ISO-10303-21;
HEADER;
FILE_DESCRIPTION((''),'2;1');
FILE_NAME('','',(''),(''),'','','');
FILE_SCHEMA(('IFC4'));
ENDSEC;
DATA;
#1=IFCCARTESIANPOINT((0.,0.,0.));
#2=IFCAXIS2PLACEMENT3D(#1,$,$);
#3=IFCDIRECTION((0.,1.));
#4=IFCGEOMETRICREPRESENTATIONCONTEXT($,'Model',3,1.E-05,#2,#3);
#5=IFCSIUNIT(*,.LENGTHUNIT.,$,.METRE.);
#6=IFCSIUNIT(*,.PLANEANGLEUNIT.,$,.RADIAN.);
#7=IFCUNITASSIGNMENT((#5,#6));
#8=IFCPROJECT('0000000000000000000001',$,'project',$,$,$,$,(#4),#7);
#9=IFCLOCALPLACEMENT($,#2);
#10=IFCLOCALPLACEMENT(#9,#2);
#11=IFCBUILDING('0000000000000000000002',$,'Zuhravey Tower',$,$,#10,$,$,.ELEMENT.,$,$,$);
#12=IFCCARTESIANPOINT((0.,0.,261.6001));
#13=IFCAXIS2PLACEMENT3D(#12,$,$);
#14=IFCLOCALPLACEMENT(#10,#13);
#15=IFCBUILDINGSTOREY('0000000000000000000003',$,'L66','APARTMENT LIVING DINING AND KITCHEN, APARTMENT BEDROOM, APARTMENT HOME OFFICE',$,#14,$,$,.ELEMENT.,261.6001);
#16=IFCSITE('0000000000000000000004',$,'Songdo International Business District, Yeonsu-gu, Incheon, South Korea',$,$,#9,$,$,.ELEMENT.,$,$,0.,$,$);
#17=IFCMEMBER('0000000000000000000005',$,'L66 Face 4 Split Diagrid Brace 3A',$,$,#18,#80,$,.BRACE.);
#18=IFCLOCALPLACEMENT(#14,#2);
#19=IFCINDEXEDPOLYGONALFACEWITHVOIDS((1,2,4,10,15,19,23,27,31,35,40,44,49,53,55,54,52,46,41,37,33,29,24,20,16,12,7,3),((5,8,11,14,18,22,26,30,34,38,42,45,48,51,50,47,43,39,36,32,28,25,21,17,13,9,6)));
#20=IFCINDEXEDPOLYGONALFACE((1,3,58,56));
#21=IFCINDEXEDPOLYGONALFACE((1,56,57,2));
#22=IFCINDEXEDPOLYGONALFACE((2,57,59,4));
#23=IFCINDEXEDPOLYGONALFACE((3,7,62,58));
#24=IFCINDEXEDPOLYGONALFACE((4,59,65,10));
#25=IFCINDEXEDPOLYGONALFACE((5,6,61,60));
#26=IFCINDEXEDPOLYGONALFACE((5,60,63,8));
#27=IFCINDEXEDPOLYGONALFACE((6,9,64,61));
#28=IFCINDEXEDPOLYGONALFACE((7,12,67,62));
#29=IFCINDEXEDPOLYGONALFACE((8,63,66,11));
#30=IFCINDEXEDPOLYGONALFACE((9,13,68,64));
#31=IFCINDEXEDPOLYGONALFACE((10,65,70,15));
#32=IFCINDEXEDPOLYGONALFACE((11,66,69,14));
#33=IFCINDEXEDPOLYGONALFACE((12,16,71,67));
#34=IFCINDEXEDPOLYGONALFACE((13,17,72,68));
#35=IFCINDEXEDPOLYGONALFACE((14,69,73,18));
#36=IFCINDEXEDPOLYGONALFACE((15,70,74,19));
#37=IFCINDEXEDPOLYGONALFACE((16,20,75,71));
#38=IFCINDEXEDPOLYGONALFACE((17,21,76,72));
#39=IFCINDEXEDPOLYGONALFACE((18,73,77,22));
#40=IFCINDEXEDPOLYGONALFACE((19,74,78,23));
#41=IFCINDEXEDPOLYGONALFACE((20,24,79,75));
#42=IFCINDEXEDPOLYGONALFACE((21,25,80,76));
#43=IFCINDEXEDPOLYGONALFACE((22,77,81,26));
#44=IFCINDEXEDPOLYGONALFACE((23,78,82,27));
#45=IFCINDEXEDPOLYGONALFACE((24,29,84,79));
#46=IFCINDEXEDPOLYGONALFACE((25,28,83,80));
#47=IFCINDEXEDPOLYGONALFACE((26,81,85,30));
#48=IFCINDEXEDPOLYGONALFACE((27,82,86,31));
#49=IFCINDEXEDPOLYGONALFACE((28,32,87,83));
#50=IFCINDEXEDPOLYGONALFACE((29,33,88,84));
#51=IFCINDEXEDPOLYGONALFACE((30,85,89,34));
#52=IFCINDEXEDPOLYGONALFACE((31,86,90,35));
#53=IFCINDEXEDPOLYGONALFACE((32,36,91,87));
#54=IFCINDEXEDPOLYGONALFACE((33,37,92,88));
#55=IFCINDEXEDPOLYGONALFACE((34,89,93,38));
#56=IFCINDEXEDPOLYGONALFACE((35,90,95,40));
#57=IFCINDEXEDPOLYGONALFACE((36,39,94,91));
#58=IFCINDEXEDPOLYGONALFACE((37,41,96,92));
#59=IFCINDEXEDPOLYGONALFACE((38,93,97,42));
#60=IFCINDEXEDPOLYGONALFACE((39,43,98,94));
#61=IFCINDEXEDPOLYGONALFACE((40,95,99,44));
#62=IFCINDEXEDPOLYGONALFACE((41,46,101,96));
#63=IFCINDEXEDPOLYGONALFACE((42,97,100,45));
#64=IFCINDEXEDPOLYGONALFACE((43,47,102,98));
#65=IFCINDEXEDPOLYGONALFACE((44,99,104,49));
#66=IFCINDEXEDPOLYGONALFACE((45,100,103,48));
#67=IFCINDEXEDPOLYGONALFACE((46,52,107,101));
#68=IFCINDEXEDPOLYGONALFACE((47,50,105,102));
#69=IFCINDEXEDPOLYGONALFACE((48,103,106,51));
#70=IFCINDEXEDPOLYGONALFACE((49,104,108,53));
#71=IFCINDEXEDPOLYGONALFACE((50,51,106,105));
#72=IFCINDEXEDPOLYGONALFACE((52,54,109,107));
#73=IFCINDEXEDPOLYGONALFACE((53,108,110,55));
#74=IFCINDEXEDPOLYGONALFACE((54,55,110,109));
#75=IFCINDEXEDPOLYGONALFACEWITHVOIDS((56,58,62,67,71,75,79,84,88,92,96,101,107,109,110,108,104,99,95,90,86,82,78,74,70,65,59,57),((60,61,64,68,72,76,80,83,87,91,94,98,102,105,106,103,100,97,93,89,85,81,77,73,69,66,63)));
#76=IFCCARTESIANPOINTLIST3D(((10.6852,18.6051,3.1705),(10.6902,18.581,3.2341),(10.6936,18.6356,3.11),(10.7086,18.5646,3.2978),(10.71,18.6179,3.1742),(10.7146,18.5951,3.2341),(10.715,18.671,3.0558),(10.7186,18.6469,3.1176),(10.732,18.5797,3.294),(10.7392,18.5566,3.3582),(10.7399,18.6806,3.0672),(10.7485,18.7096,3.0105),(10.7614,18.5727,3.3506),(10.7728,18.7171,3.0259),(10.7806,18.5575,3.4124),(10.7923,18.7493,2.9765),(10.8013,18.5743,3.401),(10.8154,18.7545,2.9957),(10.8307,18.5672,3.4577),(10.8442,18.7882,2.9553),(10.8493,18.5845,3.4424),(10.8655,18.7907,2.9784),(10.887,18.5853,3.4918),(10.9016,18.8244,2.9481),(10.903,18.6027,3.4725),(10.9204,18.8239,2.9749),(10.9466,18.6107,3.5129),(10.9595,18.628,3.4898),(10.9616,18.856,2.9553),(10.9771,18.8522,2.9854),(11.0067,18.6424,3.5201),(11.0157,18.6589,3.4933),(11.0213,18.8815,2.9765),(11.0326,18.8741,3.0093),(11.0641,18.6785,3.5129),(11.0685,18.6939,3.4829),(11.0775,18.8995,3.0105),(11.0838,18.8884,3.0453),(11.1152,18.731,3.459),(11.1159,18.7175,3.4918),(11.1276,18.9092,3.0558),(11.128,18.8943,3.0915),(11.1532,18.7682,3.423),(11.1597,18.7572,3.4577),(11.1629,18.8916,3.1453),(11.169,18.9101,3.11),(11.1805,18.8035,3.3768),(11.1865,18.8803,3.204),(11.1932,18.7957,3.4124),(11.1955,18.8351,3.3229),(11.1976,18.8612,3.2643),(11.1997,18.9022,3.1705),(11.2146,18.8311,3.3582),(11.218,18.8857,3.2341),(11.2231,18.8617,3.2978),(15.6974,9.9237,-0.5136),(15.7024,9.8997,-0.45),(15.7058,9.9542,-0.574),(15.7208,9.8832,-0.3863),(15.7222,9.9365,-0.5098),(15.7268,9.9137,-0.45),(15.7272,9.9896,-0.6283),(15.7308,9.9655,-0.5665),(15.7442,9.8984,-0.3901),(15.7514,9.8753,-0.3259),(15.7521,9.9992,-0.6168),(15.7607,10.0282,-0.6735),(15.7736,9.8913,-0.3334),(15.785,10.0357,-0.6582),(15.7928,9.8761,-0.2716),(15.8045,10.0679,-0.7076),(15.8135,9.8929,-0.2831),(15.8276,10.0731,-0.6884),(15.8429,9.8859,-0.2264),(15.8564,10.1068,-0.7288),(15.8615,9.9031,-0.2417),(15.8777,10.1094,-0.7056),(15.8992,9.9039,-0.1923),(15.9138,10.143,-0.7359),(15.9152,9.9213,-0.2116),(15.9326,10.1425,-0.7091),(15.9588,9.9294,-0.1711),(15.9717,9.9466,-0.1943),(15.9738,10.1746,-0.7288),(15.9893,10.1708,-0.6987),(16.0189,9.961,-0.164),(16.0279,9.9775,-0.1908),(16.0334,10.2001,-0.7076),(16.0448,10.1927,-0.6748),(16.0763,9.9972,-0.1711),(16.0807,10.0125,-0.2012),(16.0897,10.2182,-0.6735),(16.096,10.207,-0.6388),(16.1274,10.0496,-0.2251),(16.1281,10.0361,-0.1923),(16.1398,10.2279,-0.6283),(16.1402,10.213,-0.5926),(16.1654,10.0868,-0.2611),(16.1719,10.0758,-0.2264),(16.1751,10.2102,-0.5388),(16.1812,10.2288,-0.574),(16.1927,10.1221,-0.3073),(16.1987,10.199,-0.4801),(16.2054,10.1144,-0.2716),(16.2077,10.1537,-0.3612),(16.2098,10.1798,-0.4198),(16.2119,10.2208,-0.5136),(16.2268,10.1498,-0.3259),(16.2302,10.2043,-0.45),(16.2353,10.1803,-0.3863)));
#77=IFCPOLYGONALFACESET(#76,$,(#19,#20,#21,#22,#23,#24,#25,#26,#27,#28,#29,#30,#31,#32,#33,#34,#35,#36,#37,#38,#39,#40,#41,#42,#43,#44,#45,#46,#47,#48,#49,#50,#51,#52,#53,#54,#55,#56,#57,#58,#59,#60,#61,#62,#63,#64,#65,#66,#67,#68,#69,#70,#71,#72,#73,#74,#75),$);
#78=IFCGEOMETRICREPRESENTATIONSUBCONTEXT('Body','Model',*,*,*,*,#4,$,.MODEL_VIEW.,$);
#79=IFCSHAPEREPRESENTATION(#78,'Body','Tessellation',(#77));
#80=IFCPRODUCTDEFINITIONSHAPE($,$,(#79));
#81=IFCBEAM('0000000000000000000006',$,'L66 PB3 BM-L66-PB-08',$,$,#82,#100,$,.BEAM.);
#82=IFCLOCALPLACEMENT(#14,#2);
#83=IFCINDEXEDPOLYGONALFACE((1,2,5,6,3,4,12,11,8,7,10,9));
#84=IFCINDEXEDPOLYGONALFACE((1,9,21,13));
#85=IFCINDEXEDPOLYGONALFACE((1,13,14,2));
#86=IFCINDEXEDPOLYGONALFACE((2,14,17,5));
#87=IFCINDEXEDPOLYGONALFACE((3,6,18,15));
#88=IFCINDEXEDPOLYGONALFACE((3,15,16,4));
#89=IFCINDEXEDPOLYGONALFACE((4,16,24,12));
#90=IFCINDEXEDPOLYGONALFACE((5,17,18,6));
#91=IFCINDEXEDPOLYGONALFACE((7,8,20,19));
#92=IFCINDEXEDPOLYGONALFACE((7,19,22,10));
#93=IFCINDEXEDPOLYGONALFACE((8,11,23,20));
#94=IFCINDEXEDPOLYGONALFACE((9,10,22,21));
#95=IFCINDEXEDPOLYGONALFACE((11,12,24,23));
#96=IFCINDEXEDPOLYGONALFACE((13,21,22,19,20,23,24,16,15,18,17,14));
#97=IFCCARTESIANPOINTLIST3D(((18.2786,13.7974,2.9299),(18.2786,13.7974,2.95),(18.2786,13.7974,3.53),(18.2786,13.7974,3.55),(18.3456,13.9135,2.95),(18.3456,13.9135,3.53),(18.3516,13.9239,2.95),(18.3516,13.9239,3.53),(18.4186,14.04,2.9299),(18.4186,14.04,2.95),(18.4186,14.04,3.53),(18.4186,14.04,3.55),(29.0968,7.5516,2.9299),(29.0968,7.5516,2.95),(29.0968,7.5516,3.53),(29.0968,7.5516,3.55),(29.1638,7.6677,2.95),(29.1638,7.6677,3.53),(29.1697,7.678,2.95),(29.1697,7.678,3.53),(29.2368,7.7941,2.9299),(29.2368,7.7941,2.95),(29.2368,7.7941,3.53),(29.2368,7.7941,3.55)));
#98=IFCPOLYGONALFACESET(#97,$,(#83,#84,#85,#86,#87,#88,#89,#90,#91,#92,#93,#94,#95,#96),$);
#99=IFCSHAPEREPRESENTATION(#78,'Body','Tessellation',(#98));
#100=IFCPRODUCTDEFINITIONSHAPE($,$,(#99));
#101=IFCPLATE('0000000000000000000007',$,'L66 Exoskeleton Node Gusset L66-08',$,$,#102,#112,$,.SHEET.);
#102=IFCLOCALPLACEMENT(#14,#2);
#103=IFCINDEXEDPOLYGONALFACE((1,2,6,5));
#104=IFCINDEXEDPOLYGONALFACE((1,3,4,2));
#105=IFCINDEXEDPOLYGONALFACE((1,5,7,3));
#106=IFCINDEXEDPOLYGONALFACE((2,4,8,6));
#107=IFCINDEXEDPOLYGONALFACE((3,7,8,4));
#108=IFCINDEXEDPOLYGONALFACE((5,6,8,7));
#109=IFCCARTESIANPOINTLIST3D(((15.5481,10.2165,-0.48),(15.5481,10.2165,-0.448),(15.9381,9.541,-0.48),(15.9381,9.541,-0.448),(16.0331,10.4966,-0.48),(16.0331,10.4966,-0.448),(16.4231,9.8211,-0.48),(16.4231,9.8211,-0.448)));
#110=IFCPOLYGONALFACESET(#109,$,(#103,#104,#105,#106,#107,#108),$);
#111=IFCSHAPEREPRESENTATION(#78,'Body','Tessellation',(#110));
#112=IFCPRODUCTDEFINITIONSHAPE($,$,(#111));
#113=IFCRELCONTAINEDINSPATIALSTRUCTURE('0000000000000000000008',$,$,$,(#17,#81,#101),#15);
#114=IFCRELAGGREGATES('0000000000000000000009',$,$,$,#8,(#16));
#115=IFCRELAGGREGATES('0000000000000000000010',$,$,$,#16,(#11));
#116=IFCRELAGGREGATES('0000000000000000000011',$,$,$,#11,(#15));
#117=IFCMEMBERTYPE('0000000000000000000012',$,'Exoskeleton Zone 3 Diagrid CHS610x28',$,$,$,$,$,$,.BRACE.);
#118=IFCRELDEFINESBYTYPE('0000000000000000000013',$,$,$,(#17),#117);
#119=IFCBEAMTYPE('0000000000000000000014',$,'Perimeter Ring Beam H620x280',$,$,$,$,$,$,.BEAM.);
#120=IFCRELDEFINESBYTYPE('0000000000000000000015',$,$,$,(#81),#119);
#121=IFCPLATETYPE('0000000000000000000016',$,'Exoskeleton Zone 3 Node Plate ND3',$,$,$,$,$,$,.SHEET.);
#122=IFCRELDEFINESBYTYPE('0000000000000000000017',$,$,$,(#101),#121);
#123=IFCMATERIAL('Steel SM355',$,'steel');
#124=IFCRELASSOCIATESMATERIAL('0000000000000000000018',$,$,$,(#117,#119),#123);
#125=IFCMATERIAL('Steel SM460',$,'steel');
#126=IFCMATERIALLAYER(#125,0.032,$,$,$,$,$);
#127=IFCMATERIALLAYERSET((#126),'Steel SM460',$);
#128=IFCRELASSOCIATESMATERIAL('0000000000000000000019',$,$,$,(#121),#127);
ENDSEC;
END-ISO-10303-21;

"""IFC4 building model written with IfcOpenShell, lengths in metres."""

from ifc_helpers import new_model, si_unit, direction, frame, origin, origin_2d, place, context, subcontext, project, spatial, rectangle, hollow_circle, i_section, extrude, material, layer, layer_set, material_profile, profile_set, type_object, element, save


model = new_model("IFC4")

# Units and contexts
model_context = context("Model", 3, precision=1e-05, world=origin(), true_north=direction((0.0, 1.0)))
body_context = subcontext(model_context, "Body", "Model", "MODEL_VIEW")
ifc_project = project(units=[si_unit("LENGTHUNIT", "METRE"), si_unit("PLANEANGLEUNIT", "RADIAN")], contexts=[model_context])

# Site, building, storey
site_placement = place(None, origin())
site = spatial("IfcSite", under=ifc_project, at=site_placement, Name="Songdo International Business District, Yeonsu-gu, Incheon, South Korea", CompositionType="ELEMENT", RefElevation=0.0)
building_placement = place(site_placement, origin())
building = spatial("IfcBuilding", under=site, at=building_placement, Name="Zuhravey Tower", CompositionType="ELEMENT")
storey_placement = place(building_placement, frame((0.0, 0.0, 261.6001)))
storey = spatial("IfcBuildingStorey", under=building, at=storey_placement, Name="L66", Description="APARTMENT LIVING DINING AND KITCHEN, APARTMENT BEDROOM, APARTMENT HOME OFFICE", CompositionType="ELEMENT", Elevation=261.6001)

# Member
ifc_material_1 = material(Name="Steel SM355", Category="steel")
ifc_material_profile_1 = material_profile(ifc_material_1, hollow_circle(Radius=0.3047, WallThickness=0.0281, at=origin_2d()), Name="CHS-609.6x28")
ifc_profile_set_1 = profile_set([ifc_material_profile_1], Name="Steel SM355")
member_type_1 = type_object("IfcMemberType", Name="Exoskeleton Zone 3 Diagrid CHS610x28", PredefinedType="BRACE", material=ifc_profile_set_1)
member_1_placement = place(storey_placement, frame((15.9663, 10.052, -0.45), z_axis=(-0.46931, 0.812869, 0.344953), x_axis=(-0.866025, -0.5, 0.0)))
element("IfcMember", 1, at=member_1_placement, inside=storey, type_object=member_type_1, Name="L66 Face 4 Split Diagrid Brace 3A", PredefinedType="BRACE", context=body_context, shape_type="SweptSolid", body=[
    extrude(hollow_circle(Radius=0.3047, WallThickness=0.0281, at=origin_2d()), origin(), (0.0, 0.0, 1.0), 10.6799),
])

# Beam
ifc_material_profile_2 = material_profile(ifc_material_1, i_section(OverallWidth=0.28, OverallDepth=0.6201, WebThickness=0.012, FlangeThickness=0.02, at=origin_2d()), Name="H-620x280x12x20")
ifc_profile_set_2 = profile_set([ifc_material_profile_2], Name="Steel SM355")
beam_type = type_object("IfcBeamType", Name="Perimeter Ring Beam H620x280", PredefinedType="BEAM", material=ifc_profile_set_2)
beam_placement = place(storey_placement, frame((18.3486, 13.9187, 3.24), z_axis=(0.866025, -0.5, 0.0), x_axis=(0.5, 0.866025, 0.0)))
element("IfcBeam", 2, at=beam_placement, inside=storey, type_object=beam_type, Name="L66 PB3 BM-L66-PB-08", PredefinedType="BEAM", context=body_context, shape_type="SweptSolid", body=[
    extrude(i_section(OverallWidth=0.28, OverallDepth=0.6201, WebThickness=0.012, FlangeThickness=0.02, at=origin_2d()), origin(), (0.0, 0.0, 1.0), 12.4917),
])

# Plate
ifc_material_2 = material(Name="Steel SM460", Category="steel")
ifc_layer_1 = layer(ifc_material_2, 0.032)
ifc_layer_set_1 = layer_set([ifc_layer_1], Name="Steel SM460")
plate_type_1 = type_object("IfcPlateType", Name="Exoskeleton Zone 3 Node Plate ND3", PredefinedType="SHEET", material=ifc_layer_set_1)
plate_1_placement = place(storey_placement, frame((15.9856, 10.0188, -0.48), z_axis=(0.0, 0.0, 1.0), x_axis=(0.5, -0.866025, 0.0)))
element("IfcPlate", 3, at=plate_1_placement, inside=storey, type_object=plate_type_1, Name="L66 Exoskeleton Node Gusset L66-08", PredefinedType="SHEET", context=body_context, shape_type="SweptSolid", body=[
    extrude(rectangle(XDim=0.78, YDim=0.5601, at=origin_2d()), origin(), (0.0, 0.0, 1.0), 0.032),
])

save(model, "model.ifc")
